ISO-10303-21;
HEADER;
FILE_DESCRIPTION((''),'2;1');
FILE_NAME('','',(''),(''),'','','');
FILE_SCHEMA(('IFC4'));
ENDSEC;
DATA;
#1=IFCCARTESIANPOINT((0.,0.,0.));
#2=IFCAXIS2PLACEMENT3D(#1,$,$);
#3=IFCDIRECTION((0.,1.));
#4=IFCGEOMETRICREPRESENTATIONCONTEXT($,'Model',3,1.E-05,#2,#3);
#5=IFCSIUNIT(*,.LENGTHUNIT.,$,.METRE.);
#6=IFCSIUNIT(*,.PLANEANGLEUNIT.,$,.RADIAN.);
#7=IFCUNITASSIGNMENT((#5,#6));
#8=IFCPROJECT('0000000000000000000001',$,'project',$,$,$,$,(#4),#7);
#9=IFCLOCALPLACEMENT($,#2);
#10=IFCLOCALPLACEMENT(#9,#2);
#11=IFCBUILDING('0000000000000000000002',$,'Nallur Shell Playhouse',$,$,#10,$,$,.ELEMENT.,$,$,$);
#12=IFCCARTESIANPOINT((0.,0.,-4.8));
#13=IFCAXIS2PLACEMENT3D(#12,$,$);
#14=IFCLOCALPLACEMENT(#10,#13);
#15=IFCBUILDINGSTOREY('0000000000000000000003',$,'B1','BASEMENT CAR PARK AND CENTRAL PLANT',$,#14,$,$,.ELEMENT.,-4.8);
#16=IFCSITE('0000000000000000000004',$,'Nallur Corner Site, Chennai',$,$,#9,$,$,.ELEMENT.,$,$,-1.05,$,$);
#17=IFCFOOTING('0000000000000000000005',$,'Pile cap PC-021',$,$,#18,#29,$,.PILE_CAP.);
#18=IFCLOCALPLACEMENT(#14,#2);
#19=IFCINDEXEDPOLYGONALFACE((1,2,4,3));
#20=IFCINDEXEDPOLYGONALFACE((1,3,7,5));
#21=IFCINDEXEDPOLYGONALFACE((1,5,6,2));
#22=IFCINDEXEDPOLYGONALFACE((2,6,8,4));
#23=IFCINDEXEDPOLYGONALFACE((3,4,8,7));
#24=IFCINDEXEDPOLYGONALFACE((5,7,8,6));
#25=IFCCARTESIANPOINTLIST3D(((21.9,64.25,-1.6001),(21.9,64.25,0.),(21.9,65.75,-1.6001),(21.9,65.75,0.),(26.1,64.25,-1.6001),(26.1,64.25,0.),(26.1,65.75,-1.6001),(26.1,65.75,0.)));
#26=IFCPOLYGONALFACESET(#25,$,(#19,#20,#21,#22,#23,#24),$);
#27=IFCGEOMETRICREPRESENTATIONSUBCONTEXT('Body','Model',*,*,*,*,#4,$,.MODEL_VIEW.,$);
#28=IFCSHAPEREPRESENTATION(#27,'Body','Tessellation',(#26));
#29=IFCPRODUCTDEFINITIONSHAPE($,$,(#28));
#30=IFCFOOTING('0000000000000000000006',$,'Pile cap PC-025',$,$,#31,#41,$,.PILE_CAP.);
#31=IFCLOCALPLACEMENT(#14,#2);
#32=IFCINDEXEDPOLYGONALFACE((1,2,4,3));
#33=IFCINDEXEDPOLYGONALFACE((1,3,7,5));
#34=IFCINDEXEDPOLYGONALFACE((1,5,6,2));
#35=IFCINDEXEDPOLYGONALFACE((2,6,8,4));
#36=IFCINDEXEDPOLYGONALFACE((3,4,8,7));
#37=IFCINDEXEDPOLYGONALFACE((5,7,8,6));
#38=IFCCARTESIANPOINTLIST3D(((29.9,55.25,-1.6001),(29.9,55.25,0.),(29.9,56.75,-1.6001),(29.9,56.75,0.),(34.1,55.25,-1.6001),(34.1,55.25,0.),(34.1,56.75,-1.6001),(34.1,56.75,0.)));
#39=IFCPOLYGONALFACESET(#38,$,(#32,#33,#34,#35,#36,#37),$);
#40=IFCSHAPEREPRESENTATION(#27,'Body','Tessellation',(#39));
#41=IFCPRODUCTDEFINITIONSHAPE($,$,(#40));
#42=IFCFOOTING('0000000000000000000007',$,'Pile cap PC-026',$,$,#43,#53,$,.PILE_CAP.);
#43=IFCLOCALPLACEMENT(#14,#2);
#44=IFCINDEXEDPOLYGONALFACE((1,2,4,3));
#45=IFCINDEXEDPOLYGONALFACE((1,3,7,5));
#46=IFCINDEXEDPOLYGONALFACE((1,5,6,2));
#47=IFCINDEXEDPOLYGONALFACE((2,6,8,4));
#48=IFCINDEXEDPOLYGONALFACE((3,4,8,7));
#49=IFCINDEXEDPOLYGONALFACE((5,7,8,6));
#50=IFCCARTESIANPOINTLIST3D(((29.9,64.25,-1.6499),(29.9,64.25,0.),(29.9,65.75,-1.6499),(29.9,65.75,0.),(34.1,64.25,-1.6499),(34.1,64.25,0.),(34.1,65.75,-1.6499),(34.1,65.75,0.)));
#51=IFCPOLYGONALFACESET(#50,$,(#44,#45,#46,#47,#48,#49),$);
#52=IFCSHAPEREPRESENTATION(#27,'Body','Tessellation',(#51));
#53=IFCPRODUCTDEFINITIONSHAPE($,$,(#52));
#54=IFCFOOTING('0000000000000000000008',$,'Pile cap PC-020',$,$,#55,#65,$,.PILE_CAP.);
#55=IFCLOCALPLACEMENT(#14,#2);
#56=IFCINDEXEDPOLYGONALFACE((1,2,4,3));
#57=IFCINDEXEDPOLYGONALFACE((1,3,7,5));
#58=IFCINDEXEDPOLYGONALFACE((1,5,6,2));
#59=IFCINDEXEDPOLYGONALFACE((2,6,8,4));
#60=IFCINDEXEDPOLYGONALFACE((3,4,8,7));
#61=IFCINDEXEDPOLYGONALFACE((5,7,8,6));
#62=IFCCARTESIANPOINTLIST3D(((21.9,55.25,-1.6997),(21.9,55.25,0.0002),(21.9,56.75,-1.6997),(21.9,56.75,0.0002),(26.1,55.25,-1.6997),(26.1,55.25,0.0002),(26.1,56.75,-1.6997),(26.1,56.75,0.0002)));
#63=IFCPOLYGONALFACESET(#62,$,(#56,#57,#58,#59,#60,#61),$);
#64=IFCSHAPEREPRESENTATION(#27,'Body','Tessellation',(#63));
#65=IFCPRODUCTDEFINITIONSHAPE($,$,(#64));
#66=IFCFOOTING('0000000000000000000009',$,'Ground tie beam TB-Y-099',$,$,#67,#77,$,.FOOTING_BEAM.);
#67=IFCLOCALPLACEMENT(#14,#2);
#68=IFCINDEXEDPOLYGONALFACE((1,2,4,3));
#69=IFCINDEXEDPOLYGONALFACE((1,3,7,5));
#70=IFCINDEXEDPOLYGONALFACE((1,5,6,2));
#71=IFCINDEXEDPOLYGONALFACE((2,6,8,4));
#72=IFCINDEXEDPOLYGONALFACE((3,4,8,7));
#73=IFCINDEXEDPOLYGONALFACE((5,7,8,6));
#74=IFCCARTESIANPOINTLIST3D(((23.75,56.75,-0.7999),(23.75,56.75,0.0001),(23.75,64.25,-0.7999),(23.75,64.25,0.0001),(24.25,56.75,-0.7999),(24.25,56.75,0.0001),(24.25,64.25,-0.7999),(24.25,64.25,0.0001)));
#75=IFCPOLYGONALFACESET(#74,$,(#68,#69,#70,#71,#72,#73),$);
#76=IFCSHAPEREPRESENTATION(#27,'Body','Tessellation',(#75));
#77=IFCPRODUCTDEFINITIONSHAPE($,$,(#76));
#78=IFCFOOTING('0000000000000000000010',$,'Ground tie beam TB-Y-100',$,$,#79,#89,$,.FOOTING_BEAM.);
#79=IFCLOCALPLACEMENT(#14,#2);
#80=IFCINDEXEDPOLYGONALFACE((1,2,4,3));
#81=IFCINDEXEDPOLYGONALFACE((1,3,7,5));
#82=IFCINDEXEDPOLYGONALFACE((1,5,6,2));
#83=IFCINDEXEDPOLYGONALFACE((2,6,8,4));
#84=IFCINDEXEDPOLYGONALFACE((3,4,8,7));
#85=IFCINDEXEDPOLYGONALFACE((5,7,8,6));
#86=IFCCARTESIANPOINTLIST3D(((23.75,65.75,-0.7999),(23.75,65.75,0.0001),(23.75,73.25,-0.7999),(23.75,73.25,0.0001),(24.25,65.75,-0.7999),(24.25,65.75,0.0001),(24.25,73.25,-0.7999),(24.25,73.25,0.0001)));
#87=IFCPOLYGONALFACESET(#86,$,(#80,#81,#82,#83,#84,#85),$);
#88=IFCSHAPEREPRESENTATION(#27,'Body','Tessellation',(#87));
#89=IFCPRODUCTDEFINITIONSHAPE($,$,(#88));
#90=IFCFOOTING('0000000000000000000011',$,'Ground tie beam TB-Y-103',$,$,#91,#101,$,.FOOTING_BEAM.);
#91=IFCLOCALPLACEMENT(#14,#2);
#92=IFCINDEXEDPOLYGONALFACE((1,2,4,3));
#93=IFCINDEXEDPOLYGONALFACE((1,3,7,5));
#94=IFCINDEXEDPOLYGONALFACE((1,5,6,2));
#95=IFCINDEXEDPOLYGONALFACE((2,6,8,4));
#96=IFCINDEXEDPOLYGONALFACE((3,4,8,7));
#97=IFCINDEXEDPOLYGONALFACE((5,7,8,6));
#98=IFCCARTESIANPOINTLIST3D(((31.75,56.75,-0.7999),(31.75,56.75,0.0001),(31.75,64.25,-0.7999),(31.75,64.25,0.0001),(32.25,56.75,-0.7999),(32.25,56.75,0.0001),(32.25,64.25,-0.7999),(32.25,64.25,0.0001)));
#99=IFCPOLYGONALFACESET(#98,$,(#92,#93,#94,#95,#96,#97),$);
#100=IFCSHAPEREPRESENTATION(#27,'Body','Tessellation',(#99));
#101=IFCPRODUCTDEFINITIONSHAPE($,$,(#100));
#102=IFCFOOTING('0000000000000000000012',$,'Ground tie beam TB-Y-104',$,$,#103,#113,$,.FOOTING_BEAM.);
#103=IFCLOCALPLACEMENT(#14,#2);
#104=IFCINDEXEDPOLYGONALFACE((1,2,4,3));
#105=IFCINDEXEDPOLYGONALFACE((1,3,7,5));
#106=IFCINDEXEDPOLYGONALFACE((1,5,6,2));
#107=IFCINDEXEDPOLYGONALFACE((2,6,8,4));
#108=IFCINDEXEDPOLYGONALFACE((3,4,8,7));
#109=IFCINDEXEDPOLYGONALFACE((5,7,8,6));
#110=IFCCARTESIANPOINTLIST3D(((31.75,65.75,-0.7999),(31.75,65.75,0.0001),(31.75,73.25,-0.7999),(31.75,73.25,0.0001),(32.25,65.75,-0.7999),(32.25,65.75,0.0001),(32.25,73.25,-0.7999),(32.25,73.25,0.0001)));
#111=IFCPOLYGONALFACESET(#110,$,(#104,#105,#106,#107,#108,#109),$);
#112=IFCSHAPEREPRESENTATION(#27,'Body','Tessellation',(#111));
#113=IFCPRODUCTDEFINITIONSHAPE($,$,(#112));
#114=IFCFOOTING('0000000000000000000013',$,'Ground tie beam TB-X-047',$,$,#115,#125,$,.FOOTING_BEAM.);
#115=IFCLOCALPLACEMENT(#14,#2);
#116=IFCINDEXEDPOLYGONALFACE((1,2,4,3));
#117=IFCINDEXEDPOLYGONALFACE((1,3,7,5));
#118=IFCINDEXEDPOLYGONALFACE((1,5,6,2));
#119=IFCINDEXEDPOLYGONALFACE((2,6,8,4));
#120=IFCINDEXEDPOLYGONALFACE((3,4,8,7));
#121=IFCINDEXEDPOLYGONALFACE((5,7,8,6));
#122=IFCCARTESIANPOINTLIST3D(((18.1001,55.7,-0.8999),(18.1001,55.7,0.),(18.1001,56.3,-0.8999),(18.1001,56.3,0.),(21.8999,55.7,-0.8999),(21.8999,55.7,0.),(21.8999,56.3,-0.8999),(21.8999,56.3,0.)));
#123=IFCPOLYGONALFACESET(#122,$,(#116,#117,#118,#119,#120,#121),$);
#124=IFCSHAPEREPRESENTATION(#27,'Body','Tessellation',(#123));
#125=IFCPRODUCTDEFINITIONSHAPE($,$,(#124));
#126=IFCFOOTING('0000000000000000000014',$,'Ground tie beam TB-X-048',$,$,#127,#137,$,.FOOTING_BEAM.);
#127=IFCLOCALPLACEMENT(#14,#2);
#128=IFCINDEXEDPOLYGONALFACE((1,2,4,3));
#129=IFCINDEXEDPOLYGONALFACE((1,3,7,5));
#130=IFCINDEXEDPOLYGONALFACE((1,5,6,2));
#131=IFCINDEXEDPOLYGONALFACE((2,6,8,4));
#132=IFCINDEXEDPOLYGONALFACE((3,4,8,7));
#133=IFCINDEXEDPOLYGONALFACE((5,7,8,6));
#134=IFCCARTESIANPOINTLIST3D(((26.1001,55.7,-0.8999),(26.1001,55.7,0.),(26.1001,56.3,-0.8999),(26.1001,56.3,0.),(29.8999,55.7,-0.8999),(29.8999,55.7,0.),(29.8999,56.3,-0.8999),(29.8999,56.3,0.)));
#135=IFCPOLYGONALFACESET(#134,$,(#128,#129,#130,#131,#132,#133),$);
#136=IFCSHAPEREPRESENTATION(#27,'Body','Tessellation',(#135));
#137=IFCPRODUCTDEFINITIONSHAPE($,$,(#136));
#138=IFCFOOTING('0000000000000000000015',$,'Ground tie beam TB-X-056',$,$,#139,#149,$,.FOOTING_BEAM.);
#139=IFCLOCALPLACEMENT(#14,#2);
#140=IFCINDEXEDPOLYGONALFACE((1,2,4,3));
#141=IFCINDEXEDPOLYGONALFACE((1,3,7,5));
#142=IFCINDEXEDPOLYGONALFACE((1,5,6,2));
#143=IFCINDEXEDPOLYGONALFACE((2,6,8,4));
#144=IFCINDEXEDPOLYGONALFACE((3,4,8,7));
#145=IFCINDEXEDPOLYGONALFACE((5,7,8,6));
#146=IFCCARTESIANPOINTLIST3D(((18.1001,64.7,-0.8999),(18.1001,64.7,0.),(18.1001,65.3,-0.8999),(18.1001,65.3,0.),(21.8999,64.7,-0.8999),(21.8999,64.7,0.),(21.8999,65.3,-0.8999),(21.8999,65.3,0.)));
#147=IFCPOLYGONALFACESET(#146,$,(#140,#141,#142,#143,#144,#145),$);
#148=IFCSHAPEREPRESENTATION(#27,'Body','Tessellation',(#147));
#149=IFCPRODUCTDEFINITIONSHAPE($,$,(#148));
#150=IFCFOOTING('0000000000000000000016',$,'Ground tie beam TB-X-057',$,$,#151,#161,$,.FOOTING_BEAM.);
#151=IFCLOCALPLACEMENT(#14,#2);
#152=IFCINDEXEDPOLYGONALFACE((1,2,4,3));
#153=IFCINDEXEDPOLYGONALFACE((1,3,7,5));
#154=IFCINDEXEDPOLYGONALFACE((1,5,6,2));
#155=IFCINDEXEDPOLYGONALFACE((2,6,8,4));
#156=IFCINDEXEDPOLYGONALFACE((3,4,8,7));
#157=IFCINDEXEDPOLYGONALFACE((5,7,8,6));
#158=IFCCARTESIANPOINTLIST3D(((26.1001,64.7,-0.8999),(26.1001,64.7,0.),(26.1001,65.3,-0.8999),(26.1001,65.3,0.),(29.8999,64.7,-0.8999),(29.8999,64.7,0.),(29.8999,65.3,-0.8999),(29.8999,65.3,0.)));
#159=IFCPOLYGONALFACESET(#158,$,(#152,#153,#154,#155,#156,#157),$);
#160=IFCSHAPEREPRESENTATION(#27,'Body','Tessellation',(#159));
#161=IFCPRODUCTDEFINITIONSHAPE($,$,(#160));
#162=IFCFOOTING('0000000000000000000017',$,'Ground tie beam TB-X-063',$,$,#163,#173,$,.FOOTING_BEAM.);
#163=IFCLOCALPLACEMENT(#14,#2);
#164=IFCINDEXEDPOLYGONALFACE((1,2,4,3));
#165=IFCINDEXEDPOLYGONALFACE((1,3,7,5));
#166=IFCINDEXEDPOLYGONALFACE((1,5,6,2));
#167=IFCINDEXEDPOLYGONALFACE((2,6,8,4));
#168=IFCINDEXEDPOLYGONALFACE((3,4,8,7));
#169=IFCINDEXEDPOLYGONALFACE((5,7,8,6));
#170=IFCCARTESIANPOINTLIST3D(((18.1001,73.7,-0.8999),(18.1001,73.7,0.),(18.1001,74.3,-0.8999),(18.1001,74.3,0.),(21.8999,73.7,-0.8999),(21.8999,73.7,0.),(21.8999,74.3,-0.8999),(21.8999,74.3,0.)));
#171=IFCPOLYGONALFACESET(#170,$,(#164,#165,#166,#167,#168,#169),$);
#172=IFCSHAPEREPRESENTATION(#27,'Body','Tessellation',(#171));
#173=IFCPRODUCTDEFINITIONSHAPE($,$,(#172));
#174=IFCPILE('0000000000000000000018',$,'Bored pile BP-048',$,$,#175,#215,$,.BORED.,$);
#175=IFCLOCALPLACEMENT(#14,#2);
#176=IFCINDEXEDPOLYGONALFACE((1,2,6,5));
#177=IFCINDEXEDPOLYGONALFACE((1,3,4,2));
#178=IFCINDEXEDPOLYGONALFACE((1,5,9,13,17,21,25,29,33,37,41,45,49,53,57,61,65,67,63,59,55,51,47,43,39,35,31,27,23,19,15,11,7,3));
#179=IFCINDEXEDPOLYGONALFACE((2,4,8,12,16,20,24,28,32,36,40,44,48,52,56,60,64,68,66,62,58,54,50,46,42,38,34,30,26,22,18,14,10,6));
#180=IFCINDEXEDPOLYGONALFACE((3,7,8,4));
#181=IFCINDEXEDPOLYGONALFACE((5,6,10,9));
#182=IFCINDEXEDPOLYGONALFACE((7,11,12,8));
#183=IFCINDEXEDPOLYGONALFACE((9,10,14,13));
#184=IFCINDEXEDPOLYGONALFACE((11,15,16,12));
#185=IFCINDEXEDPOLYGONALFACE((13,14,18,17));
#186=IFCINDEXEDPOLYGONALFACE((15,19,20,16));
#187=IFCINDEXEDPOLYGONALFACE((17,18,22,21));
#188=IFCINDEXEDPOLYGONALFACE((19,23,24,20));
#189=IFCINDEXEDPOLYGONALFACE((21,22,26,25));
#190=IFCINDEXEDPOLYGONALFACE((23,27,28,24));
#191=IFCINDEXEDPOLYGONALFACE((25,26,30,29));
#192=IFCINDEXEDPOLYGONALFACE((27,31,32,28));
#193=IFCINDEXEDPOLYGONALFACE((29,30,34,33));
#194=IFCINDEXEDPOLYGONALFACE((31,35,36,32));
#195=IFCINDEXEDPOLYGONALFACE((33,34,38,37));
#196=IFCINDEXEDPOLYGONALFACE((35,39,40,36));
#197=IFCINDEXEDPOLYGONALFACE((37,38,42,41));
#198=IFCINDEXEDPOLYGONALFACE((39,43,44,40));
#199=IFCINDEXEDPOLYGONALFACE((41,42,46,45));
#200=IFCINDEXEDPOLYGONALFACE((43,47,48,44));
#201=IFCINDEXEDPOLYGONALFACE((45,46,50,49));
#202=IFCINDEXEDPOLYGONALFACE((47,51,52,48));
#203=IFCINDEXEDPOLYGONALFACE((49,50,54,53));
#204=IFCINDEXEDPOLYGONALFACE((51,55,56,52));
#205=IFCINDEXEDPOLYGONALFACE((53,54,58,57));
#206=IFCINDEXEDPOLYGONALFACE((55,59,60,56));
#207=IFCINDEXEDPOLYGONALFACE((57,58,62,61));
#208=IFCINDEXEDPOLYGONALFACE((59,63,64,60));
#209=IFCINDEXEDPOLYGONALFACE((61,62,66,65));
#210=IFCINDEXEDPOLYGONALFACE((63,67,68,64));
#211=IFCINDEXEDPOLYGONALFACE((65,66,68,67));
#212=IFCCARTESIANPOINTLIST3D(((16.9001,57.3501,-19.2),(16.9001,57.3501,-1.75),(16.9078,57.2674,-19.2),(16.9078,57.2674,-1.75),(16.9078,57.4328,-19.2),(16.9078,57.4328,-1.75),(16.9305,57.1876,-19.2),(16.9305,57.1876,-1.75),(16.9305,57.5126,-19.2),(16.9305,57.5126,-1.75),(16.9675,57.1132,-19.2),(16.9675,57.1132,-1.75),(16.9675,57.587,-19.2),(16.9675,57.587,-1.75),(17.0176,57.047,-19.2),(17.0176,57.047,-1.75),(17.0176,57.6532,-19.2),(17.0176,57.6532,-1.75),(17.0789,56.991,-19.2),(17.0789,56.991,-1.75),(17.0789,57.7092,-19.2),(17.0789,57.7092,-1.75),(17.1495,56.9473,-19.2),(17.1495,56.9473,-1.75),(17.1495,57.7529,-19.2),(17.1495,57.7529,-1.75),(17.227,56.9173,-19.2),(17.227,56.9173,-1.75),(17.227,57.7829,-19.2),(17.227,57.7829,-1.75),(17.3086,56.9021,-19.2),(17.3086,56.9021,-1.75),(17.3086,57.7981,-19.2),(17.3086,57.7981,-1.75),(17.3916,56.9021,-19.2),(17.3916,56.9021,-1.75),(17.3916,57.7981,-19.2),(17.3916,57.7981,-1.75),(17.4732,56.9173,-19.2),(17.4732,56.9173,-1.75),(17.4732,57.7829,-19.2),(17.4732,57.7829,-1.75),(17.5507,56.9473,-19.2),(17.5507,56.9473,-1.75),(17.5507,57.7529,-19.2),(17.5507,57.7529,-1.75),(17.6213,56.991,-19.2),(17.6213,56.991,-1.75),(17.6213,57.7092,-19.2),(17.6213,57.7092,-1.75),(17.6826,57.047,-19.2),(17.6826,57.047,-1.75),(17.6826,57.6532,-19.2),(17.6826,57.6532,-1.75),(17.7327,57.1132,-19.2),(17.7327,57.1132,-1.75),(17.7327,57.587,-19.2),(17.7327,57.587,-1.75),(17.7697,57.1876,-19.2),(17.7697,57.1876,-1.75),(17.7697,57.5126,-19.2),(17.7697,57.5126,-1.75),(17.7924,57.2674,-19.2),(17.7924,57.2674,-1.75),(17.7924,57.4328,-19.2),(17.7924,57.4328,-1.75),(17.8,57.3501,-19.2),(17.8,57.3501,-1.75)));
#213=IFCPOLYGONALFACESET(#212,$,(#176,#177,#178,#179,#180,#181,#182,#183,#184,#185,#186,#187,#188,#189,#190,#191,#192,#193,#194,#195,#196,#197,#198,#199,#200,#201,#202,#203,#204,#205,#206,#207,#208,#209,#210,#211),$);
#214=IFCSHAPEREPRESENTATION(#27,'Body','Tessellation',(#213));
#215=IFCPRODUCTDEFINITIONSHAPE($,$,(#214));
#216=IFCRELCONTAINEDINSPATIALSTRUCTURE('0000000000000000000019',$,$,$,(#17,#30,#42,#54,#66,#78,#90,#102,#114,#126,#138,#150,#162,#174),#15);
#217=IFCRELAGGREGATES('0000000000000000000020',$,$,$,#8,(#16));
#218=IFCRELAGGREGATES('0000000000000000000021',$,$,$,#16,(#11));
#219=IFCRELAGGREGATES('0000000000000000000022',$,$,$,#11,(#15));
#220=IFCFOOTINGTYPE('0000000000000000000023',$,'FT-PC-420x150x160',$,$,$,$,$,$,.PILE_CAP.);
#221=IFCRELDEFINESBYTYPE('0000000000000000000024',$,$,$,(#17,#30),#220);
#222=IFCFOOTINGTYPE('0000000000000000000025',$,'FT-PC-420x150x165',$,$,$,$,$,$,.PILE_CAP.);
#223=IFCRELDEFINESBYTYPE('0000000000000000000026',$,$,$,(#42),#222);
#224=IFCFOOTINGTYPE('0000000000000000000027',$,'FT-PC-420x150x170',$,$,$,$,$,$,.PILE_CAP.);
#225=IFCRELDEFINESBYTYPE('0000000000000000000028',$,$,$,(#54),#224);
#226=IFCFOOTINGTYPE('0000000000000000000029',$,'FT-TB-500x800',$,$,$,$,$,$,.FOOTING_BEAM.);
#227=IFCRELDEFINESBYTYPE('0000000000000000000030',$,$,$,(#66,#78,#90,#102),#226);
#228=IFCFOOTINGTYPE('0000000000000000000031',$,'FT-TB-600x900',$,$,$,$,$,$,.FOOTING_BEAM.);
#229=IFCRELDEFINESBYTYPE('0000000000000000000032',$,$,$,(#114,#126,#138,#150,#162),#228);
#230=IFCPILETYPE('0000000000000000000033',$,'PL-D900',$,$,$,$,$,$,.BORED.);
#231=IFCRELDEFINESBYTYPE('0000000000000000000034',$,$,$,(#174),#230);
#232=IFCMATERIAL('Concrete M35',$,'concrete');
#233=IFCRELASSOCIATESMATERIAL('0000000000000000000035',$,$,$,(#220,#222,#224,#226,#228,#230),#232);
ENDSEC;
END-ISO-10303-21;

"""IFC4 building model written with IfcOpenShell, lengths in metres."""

from ifc_helpers import new_model, si_unit, direction, frame, origin, origin_2d, place, context, subcontext, project, spatial, rectangle, circle, extrude, material, material_profile, profile_set, type_object, element, save


model = new_model("IFC4")

# Units and contexts
model_context = context("Model", 3, precision=1e-05, world=origin(), true_north=direction((0.0, 1.0)))
body_context = subcontext(model_context, "Body", "Model", "MODEL_VIEW")
ifc_project = project(units=[si_unit("LENGTHUNIT", "METRE"), si_unit("PLANEANGLEUNIT", "RADIAN")], contexts=[model_context])

# Site, building, storey
site_placement = place(None, origin())
site = spatial("IfcSite", under=ifc_project, at=site_placement, Name="Nallur Corner Site, Chennai", CompositionType="ELEMENT", RefElevation=-1.05)
building_placement = place(site_placement, origin())
building = spatial("IfcBuilding", under=site, at=building_placement, Name="Nallur Shell Playhouse", CompositionType="ELEMENT")
storey_placement = place(building_placement, frame((0.0, 0.0, -4.8)))
storey = spatial("IfcBuildingStorey", under=building, at=storey_placement, Name="B1", Description="BASEMENT CAR PARK AND CENTRAL PLANT", CompositionType="ELEMENT", Elevation=-4.8)

# Footings
ifc_material_1 = material(Name="Concrete M35", Category="concrete")
footing_type_1 = type_object("IfcFootingType", Name="FT-PC-420x150x160", PredefinedType="PILE_CAP", material=ifc_material_1)
for number, where, z_axis, x_axis, name in (
    (1, (24.0, 65.0, -1.6001), (0.0, 0.0, 1.0), (1.0, 0.0, 0.0), "Pile cap PC-021"),
    (2, (32.0, 56.0, -1.6001), (0.0, 0.0, 1.0), (1.0, 0.0, 0.0), "Pile cap PC-025"),
):
    element("IfcFooting", number, at=place(storey_placement, frame(where, z_axis=z_axis, x_axis=x_axis)), inside=storey, type_object=footing_type_1, Name=name, PredefinedType="PILE_CAP", context=body_context, shape_type="SweptSolid", body=[
        extrude(rectangle(XDim=4.2, YDim=1.5, at=origin_2d()), origin(), (0.0, 0.0, 1.0), 1.6001),
    ])
footing_type_2 = type_object("IfcFootingType", Name="FT-PC-420x150x165", PredefinedType="PILE_CAP", material=ifc_material_1)
footing_1_placement = place(storey_placement, frame((32.0, 65.0, -1.6499), z_axis=(0.0, 0.0, 1.0), x_axis=(1.0, 0.0, 0.0)))
element("IfcFooting", 3, at=footing_1_placement, inside=storey, type_object=footing_type_2, Name="Pile cap PC-026", PredefinedType="PILE_CAP", context=body_context, shape_type="SweptSolid", body=[
    extrude(rectangle(XDim=4.2, YDim=1.5, at=origin_2d()), origin(), (0.0, 0.0, 1.0), 1.6499),
])
footing_type_3 = type_object("IfcFootingType", Name="FT-PC-420x150x170", PredefinedType="PILE_CAP", material=ifc_material_1)
footing_2_placement = place(storey_placement, frame((24.0, 56.0, -1.6997), z_axis=(0.0, 0.0, 1.0), x_axis=(1.0, 0.0, 0.0)))
element("IfcFooting", 4, at=footing_2_placement, inside=storey, type_object=footing_type_3, Name="Pile cap PC-020", PredefinedType="PILE_CAP", context=body_context, shape_type="SweptSolid", body=[
    extrude(rectangle(XDim=4.2, YDim=1.5, at=origin_2d()), origin(), (0.0, 0.0, 1.0), 1.7),
])
ifc_material_profile_1 = material_profile(ifc_material_1, rectangle(XDim=0.5, YDim=0.8, at=origin_2d()), Name="RC 500x800")
ifc_profile_set_1 = profile_set([ifc_material_profile_1], Name="Concrete M35")
footing_type_4 = type_object("IfcFootingType", Name="FT-TB-500x800", PredefinedType="FOOTING_BEAM", material=ifc_profile_set_1)
for number, where, z_axis, x_axis, name in (
    (5, (24.0, 56.75, -0.3999), (0.0, 1.0, 0.0), (-1.0, 0.0, 0.0), "Ground tie beam TB-Y-099"),
    (6, (24.0, 65.75, -0.3999), (0.0, 1.0, 0.0), (-1.0, 0.0, 0.0), "Ground tie beam TB-Y-100"),
    (7, (32.0, 56.75, -0.3999), (0.0, 1.0, 0.0), (-1.0, 0.0, 0.0), "Ground tie beam TB-Y-103"),
    (8, (32.0, 65.75, -0.3999), (0.0, 1.0, 0.0), (-1.0, 0.0, 0.0), "Ground tie beam TB-Y-104"),
):
    element("IfcFooting", number, at=place(storey_placement, frame(where, z_axis=z_axis, x_axis=x_axis)), inside=storey, type_object=footing_type_4, Name=name, PredefinedType="FOOTING_BEAM", context=body_context, shape_type="SweptSolid", body=[
        extrude(rectangle(XDim=0.5, YDim=0.8, at=origin_2d()), origin(), (0.0, 0.0, 1.0), 7.5),
    ])
ifc_material_profile_2 = material_profile(ifc_material_1, rectangle(XDim=0.6001, YDim=0.8999, at=origin_2d()), Name="RC 600x900")
ifc_profile_set_2 = profile_set([ifc_material_profile_2], Name="Concrete M35")
footing_type_5 = type_object("IfcFootingType", Name="FT-TB-600x900", PredefinedType="FOOTING_BEAM", material=ifc_profile_set_2)
for number, where, z_axis, x_axis, name in (
    (9, (18.1001, 56.0, -0.45), (1.0, 0.0, 0.0), (0.0, 1.0, 0.0), "Ground tie beam TB-X-047"),
    (10, (26.1001, 56.0, -0.45), (1.0, 0.0, 0.0), (0.0, 1.0, 0.0), "Ground tie beam TB-X-048"),
    (11, (18.1001, 65.0, -0.45), (1.0, 0.0, 0.0), (0.0, 1.0, 0.0), "Ground tie beam TB-X-056"),
    (12, (26.1001, 65.0, -0.45), (1.0, 0.0, 0.0), (0.0, 1.0, 0.0), "Ground tie beam TB-X-057"),
    (13, (18.1001, 74.0, -0.45), (1.0, 0.0, 0.0), (0.0, 1.0, 0.0), "Ground tie beam TB-X-063"),
):
    element("IfcFooting", number, at=place(storey_placement, frame(where, z_axis=z_axis, x_axis=x_axis)), inside=storey, type_object=footing_type_5, Name=name, PredefinedType="FOOTING_BEAM", context=body_context, shape_type="SweptSolid", body=[
        extrude(rectangle(XDim=0.6001, YDim=0.8999, at=origin_2d()), origin(), (0.0, 0.0, 1.0), 3.7998),
    ])

# Pile
ifc_material_profile_3 = material_profile(ifc_material_1, circle(Radius=0.45, at=origin_2d()), Name="BORED PILE D900")
ifc_profile_set_3 = profile_set([ifc_material_profile_3], Name="Concrete M35")
pile_type = type_object("IfcPileType", Name="PL-D900", PredefinedType="BORED", material=ifc_profile_set_3)
pile_1_placement = place(storey_placement, frame((17.3501, 57.3501, -1.75), z_axis=(0.0, 0.0, -1.0), x_axis=(1.0, 0.0, 0.0)))
element("IfcPile", 14, at=pile_1_placement, inside=storey, type_object=pile_type, Name="Bored pile BP-048", PredefinedType="BORED", context=body_context, shape_type="SweptSolid", body=[
    extrude(circle(Radius=0.45, at=origin_2d()), origin(), (0.0, 0.0, 1.0), 17.45),
])

save(model, "model.ifc")
